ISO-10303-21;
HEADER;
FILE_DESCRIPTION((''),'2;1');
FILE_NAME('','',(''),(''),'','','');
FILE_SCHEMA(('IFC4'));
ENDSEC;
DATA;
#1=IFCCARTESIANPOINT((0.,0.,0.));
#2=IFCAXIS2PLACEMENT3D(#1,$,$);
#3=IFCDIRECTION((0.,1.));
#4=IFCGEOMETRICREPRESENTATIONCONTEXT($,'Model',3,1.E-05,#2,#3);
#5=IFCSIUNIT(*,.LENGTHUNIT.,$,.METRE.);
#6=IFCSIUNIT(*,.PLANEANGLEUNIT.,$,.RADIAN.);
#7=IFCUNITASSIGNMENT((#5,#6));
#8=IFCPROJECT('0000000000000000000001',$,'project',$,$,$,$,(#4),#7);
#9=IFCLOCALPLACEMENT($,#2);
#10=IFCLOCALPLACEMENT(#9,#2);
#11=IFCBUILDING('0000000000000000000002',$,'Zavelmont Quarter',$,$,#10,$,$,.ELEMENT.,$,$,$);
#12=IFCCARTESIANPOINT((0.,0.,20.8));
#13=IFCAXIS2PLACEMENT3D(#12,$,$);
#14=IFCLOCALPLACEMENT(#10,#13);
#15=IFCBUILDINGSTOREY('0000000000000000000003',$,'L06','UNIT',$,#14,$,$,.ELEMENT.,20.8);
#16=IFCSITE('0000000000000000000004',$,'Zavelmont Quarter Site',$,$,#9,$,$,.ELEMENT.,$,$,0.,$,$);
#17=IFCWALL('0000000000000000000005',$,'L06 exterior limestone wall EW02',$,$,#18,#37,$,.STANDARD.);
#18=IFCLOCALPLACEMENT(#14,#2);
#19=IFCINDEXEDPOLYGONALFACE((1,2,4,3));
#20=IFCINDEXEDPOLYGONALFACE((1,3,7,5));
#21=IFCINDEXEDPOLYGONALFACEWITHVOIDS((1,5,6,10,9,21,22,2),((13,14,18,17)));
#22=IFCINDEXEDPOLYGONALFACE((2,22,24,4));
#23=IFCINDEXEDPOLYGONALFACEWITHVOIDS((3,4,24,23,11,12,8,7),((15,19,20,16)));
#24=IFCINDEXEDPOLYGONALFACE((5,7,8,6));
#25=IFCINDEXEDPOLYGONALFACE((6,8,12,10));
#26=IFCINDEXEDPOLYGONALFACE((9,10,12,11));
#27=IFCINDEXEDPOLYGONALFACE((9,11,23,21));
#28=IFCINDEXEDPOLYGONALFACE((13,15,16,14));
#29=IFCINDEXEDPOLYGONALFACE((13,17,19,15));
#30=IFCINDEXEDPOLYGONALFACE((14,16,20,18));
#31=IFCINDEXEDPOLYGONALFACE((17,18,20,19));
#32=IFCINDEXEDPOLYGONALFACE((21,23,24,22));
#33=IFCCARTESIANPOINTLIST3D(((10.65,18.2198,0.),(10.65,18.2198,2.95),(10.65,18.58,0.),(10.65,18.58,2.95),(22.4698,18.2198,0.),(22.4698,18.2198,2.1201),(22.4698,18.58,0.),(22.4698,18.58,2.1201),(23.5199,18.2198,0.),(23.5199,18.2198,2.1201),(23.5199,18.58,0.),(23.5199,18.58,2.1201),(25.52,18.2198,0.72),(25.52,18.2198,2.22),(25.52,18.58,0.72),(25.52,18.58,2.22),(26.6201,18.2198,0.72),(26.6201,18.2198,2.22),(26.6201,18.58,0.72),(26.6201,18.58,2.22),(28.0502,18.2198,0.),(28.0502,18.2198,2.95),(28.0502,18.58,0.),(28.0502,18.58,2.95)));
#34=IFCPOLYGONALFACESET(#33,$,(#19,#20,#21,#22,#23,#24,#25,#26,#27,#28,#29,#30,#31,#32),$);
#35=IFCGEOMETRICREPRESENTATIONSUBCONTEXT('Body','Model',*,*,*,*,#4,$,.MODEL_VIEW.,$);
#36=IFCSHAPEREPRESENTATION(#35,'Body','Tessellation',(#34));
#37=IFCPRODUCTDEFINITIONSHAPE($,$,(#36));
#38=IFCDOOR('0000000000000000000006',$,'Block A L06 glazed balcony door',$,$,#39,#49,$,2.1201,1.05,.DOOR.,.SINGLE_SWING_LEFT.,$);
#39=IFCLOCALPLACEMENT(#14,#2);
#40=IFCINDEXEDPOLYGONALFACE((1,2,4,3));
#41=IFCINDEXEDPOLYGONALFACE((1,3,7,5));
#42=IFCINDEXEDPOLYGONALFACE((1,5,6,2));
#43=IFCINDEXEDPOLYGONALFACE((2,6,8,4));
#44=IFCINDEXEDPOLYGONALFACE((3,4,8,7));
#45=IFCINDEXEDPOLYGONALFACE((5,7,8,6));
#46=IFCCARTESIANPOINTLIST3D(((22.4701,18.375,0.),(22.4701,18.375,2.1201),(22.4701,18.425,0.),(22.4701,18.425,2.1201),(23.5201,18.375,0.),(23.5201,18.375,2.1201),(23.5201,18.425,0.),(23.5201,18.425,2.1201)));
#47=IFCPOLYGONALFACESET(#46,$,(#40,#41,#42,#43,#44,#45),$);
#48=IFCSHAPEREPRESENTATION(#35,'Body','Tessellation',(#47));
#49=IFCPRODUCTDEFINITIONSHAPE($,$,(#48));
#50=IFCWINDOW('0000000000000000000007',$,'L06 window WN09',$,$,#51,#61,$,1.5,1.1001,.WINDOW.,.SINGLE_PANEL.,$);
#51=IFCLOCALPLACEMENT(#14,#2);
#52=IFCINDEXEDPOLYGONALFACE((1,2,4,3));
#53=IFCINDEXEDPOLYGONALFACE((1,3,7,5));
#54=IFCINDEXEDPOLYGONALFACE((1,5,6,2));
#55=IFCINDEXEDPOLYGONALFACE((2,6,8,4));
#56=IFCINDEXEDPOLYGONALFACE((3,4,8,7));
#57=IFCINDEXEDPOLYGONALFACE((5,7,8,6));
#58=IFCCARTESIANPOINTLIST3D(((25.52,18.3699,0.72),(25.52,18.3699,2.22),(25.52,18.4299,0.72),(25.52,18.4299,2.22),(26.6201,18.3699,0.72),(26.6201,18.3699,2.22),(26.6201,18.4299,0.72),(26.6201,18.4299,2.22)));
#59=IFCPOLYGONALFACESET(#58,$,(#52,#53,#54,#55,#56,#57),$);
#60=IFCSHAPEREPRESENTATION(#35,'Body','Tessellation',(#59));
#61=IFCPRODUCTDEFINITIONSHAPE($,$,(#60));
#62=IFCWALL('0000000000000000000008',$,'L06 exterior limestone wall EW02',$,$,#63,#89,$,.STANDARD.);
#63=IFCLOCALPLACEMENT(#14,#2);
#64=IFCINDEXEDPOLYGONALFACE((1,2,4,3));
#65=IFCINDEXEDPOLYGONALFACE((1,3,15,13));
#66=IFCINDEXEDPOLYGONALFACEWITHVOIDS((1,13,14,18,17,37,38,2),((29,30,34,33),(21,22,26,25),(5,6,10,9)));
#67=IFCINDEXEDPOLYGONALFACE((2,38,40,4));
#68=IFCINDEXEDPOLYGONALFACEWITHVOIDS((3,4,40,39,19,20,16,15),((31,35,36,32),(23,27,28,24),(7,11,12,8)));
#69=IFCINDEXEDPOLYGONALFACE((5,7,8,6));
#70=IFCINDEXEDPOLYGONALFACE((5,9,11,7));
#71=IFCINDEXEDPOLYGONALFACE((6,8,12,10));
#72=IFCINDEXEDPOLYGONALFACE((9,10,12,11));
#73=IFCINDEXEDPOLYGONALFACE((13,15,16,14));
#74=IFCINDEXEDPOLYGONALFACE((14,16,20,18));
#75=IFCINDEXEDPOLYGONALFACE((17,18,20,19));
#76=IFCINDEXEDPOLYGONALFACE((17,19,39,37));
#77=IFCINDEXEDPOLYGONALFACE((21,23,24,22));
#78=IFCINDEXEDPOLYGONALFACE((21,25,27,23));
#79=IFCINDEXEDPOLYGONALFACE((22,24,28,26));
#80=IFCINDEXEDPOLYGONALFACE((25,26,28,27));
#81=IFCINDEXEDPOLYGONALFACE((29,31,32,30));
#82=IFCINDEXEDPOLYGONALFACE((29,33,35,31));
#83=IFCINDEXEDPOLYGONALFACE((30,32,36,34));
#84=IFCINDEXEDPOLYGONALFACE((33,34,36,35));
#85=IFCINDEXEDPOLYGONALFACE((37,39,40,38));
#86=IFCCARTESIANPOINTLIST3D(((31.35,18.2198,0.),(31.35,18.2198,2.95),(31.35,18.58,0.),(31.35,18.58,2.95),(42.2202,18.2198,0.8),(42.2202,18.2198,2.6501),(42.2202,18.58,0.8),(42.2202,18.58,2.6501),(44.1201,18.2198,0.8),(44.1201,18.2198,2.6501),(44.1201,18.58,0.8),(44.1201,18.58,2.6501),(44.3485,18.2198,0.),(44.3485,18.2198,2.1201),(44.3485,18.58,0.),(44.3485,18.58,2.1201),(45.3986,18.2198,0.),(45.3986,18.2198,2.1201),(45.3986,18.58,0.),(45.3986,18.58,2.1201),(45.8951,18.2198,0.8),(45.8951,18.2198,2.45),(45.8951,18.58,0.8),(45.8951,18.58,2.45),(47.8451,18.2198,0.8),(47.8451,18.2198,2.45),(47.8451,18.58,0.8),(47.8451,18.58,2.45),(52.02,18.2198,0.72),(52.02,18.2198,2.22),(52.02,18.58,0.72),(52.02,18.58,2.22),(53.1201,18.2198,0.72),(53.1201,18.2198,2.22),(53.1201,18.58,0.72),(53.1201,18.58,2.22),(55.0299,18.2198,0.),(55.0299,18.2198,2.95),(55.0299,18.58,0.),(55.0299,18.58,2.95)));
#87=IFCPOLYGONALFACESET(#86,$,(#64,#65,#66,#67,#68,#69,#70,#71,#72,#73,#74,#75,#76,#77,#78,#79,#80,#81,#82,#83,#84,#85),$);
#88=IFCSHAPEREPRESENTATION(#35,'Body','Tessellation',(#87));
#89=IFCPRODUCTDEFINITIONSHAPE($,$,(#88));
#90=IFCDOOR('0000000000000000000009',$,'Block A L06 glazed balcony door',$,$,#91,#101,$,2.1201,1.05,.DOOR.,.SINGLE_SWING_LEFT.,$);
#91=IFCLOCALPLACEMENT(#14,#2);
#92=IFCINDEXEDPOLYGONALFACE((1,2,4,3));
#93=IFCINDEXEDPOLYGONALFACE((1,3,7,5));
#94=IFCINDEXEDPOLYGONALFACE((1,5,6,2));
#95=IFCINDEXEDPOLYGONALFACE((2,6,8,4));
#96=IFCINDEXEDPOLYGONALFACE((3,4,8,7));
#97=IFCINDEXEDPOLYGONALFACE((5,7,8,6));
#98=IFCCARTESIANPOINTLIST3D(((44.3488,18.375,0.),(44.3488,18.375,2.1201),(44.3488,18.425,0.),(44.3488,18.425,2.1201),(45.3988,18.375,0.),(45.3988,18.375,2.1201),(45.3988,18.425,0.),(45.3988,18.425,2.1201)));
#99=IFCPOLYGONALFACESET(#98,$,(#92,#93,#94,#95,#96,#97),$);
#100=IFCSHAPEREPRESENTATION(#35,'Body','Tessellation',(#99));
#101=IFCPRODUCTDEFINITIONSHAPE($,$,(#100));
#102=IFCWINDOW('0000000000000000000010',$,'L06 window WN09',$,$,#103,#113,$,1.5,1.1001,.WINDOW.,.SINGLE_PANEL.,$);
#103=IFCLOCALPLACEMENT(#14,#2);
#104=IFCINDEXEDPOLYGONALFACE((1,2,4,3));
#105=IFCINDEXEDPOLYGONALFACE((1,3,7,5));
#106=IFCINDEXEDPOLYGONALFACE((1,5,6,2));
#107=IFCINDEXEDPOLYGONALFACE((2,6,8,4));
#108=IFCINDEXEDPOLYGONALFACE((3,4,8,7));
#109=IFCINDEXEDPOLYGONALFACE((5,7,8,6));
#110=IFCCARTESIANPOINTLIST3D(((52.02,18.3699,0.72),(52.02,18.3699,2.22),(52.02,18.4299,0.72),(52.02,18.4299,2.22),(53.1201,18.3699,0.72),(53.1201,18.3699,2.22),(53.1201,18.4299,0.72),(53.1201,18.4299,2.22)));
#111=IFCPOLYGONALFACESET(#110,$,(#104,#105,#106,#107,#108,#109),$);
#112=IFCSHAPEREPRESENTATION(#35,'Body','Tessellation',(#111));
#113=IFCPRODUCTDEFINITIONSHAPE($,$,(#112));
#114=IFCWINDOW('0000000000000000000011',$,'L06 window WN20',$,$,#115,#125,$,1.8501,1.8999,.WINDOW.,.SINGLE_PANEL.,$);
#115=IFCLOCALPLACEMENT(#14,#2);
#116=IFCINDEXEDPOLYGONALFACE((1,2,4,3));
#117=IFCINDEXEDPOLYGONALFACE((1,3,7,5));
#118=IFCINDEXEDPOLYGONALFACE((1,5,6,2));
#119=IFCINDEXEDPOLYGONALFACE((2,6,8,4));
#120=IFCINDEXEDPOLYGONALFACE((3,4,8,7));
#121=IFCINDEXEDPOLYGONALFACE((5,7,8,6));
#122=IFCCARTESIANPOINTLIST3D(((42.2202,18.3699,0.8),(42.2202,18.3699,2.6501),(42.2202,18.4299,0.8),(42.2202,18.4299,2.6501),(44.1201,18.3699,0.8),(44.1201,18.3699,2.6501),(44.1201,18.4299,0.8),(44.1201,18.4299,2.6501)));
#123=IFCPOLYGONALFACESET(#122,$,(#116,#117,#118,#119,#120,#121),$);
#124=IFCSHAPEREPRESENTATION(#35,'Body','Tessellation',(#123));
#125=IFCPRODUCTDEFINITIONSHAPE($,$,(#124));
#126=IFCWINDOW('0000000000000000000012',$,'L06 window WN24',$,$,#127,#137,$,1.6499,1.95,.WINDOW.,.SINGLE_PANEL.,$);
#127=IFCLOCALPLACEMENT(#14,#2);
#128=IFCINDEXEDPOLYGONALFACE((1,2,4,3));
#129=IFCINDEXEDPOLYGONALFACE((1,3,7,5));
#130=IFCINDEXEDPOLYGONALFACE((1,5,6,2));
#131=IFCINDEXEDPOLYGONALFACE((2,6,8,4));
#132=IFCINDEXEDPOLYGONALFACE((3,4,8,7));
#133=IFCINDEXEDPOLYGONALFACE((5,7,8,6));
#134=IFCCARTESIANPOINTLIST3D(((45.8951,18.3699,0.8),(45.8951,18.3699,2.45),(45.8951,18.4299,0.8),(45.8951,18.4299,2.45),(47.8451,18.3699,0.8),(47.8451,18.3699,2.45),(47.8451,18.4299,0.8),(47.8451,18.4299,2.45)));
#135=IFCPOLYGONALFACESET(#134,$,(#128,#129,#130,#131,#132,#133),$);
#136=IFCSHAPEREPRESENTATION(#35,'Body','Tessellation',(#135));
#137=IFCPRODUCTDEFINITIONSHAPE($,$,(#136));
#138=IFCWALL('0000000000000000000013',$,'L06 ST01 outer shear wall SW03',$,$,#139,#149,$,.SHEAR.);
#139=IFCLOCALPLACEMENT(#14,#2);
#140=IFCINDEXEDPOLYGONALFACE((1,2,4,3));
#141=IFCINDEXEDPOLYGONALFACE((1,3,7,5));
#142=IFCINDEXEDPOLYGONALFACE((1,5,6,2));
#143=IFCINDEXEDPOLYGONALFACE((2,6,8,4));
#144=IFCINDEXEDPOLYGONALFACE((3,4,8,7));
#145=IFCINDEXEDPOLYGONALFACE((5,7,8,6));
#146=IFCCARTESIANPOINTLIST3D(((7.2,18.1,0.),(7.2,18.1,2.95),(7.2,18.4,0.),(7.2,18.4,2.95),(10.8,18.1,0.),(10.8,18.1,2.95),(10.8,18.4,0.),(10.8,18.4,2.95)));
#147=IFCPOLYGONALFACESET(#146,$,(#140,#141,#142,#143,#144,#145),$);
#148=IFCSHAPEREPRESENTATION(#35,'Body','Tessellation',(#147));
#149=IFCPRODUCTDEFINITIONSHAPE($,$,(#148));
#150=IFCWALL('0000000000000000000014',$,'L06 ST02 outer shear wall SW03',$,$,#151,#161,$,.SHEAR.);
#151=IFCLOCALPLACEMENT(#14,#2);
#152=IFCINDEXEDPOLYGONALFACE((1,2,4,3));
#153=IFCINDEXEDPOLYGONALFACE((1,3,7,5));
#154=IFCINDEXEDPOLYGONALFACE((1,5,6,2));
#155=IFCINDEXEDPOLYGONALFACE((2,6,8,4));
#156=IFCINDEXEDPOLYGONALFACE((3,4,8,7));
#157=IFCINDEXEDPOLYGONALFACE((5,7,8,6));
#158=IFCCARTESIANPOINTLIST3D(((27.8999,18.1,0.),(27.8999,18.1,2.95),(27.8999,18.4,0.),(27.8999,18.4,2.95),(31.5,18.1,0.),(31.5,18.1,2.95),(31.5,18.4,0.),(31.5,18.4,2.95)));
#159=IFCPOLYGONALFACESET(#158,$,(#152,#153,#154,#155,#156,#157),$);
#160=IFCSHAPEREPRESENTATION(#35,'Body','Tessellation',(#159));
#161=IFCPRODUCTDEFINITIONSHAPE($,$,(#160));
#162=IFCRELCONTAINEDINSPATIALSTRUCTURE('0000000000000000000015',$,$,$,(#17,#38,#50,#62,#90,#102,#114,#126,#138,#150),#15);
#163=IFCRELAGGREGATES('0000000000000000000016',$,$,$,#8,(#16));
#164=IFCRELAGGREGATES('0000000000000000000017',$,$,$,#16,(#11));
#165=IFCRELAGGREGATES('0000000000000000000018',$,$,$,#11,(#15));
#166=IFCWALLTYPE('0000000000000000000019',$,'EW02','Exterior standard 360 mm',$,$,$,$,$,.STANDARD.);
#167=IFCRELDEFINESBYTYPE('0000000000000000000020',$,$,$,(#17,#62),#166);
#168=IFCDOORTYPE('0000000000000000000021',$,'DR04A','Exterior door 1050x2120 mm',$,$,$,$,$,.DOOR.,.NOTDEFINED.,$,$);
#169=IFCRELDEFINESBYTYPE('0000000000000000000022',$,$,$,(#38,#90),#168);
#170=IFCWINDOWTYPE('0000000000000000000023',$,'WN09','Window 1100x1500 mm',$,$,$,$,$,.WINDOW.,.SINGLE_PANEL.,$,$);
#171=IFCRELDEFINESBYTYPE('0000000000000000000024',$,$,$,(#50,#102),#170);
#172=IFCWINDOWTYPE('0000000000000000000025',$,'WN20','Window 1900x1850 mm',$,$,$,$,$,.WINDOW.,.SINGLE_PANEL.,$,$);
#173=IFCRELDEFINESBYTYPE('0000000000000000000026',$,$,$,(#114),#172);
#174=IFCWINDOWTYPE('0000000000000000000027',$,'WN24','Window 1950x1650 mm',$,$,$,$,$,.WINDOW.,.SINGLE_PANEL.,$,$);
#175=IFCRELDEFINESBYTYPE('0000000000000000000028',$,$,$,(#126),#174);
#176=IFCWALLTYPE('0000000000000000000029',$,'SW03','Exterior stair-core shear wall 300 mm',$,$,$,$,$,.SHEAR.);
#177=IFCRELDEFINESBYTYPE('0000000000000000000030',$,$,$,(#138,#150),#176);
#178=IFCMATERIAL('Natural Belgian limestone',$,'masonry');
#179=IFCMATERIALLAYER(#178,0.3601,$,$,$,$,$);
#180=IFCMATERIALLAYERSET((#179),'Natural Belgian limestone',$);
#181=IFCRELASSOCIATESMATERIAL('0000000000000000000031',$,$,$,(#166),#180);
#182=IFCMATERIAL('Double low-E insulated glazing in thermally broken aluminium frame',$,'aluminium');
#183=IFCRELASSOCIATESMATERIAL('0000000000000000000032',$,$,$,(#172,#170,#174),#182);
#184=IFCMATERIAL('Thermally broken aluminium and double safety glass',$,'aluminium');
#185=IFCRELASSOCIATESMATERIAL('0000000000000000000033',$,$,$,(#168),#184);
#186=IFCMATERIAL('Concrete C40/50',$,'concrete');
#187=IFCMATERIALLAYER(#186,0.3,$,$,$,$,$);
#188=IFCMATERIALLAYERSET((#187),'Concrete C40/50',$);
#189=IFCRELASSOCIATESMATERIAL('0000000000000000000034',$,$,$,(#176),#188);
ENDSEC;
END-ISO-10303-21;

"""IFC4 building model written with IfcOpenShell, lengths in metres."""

from ifc_helpers import new_model, si_unit, direction, frame, frame_2d, origin, origin_with_axes, place, context, subcontext, project, spatial, rectangle, extrude, material, layer, layer_set, type_object, element, fill, save


model = new_model("IFC4")

# Units and contexts
model_context = context("Model", 3, precision=1e-05, world=origin(), true_north=direction((0.0, 1.0)))
body_context = subcontext(model_context, "Body", "Model", "MODEL_VIEW")
ifc_project = project(units=[si_unit("LENGTHUNIT", "METRE"), si_unit("PLANEANGLEUNIT", "RADIAN")], contexts=[model_context])

# Site, building, storey
site_placement = place(None, origin())
site = spatial("IfcSite", under=ifc_project, at=site_placement, Name="Zavelmont Quarter Site", CompositionType="ELEMENT", RefElevation=0.0)
building_placement = place(site_placement, origin())
building = spatial("IfcBuilding", under=site, at=building_placement, Name="Zavelmont Quarter", CompositionType="ELEMENT")
storey_placement = place(building_placement, frame((0.0, 0.0, 20.8)))
storey = spatial("IfcBuildingStorey", under=building, at=storey_placement, Name="L06", Description="UNIT", CompositionType="ELEMENT", Elevation=20.8)

# Shared definitions
ifc_material_1 = material(Name="Concrete C40/50", Category="concrete")

# Shared definitions
ifc_material_2 = material(Name="Natural Belgian limestone", Category="masonry")
ifc_layer_1 = layer(ifc_material_2, 0.3601)
ifc_layer_set_1 = layer_set([ifc_layer_1], Name="Natural Belgian limestone")
wall_type_1 = type_object("IfcWallType", Name="EW02", Description="Exterior standard 360 mm", PredefinedType="STANDARD", material=ifc_layer_set_1)
ifc_material_3 = material(Name="Double low-E insulated glazing in thermally broken aluminium frame", Category="aluminium")
window_type_1 = type_object("IfcWindowType", Name="WN20", Description="Window 1900x1850 mm", PartitioningType="SINGLE_PANEL", PredefinedType="WINDOW", material=ifc_material_3)

# Wall, openings, door, window
wall_1_placement = place(storey_placement, frame((10.6499, 18.3999, 0.0), z_axis=(0.0, 0.0, 1.0), x_axis=(1.0, 0.0, 0.0)))
wall_1 = element("IfcWall", 1, at=wall_1_placement, inside=storey, type_object=wall_type_1, Name="L06 exterior limestone wall EW02", PredefinedType="STANDARD", context=body_context, shape_type="SweptSolid", body=[
    extrude(rectangle(XDim=17.4001, YDim=0.3601, at=frame_2d((8.7002, 0.0))), origin(), (0.0, 0.0, 1.0), 2.95),
])
opening_1_placement = place(wall_1_placement, frame((11.8201, 0.0, 0.0)))
opening_1 = element("IfcOpeningElement", 2, at=opening_1_placement, cuts=wall_1, PredefinedType="OPENING", context=body_context, shape_type="SweptSolid", body=[
    extrude(rectangle(XDim=1.05, YDim=2.1201, at=frame_2d((0.5249, 1.0601))), frame((0.0, 0.1919, 0.0), z_axis=(0.0, -1.0, 0.0), x_axis=(1.0, 0.0, 0.0)), (0.0, 0.0, 1.0), 0.384),
])
opening_2_placement = place(wall_1_placement, frame((14.8701, 0.0, 0.72)))
opening_2 = element("IfcOpeningElement", 3, at=opening_2_placement, cuts=wall_1, PredefinedType="OPENING", context=body_context, shape_type="SweptSolid", body=[
    extrude(rectangle(XDim=1.1001, YDim=1.5, at=frame_2d((0.55, 0.75))), frame((0.0, 0.1919, 0.0), z_axis=(0.0, -1.0, 0.0), x_axis=(1.0, 0.0, 0.0)), (0.0, 0.0, 1.0), 0.384),
])
ifc_material_4 = material(Name="Thermally broken aluminium and double safety glass", Category="aluminium")
door_type = type_object("IfcDoorType", Name="DR04A", Description="Exterior door 1050x2120 mm", OperationType="NOTDEFINED", PredefinedType="DOOR", material=ifc_material_4)
door_1_placement = place(opening_1_placement, frame((1.05, 0.0, 0.0), z_axis=(0.0, 0.0, 1.0), x_axis=(-1.0, 0.0, 0.0)))
door_1 = element("IfcDoor", 4, at=door_1_placement, inside=storey, type_object=door_type, Name="Block A L06 glazed balcony door", OperationType="SINGLE_SWING_LEFT", OverallHeight=2.1201, OverallWidth=1.05, PredefinedType="DOOR", context=body_context, shape_type="SweptSolid", body=[
    extrude(rectangle(XDim=1.05, YDim=2.1201, at=frame_2d((0.5249, 1.0601))), frame((0.0, 0.0249, 0.0), z_axis=(0.0, -1.0, 0.0), x_axis=(1.0, 0.0, 0.0)), (0.0, 0.0, 1.0), 0.05),
])
fill(opening_1, door_1)
window_type_2 = type_object("IfcWindowType", Name="WN09", Description="Window 1100x1500 mm", PartitioningType="SINGLE_PANEL", PredefinedType="WINDOW", material=ifc_material_3)
window_1_placement = place(opening_2_placement, origin_with_axes())
window_1 = element("IfcWindow", 5, at=window_1_placement, inside=storey, type_object=window_type_2, Name="L06 window WN09", OverallHeight=1.5, OverallWidth=1.1001, PartitioningType="SINGLE_PANEL", PredefinedType="WINDOW", context=body_context, shape_type="SweptSolid", body=[
    extrude(rectangle(XDim=1.1001, YDim=1.5, at=frame_2d((0.55, 0.75))), frame((0.0, 0.03, 0.0), z_axis=(0.0, -1.0, 0.0), x_axis=(1.0, 0.0, 0.0)), (0.0, 0.0, 1.0), 0.0601),
])
fill(opening_2, window_1)

# Wall, openings, door, windows
wall_2_placement = place(storey_placement, frame((31.3501, 18.3999, 0.0), z_axis=(0.0, 0.0, 1.0), x_axis=(1.0, 0.0, 0.0)))
wall_2 = element("IfcWall", 6, at=wall_2_placement, inside=storey, type_object=wall_type_1, Name="L06 exterior limestone wall EW02", PredefinedType="STANDARD", context=body_context, shape_type="SweptSolid", body=[
    extrude(rectangle(XDim=23.6799, YDim=0.3601, at=frame_2d((11.8398, 0.0))), origin(), (0.0, 0.0, 1.0), 2.95),
])
opening_3_placement = place(wall_2_placement, frame((12.9985, 0.0, 0.0)))
opening_3 = element("IfcOpeningElement", 7, at=opening_3_placement, cuts=wall_2, PredefinedType="OPENING", context=body_context, shape_type="SweptSolid", body=[
    extrude(rectangle(XDim=1.05, YDim=2.1201, at=frame_2d((0.5249, 1.0601))), frame((0.0, 0.1919, 0.0), z_axis=(0.0, -1.0, 0.0), x_axis=(1.0, 0.0, 0.0)), (0.0, 0.0, 1.0), 0.384),
])
opening_4_placement = place(wall_2_placement, frame((10.8701, 0.0, 0.8)))
opening_4 = element("IfcOpeningElement", 8, at=opening_4_placement, cuts=wall_2, PredefinedType="OPENING", context=body_context, shape_type="SweptSolid", body=[
    extrude(rectangle(XDim=1.8999, YDim=1.8501, at=frame_2d((0.95, 0.925))), frame((0.0, 0.1919, 0.0), z_axis=(0.0, -1.0, 0.0), x_axis=(1.0, 0.0, 0.0)), (0.0, 0.0, 1.0), 0.384),
])
opening_5_placement = place(wall_2_placement, frame((14.5449, 0.0, 0.8)))
opening_5 = element("IfcOpeningElement", 9, at=opening_5_placement, cuts=wall_2, PredefinedType="OPENING", context=body_context, shape_type="SweptSolid", body=[
    extrude(rectangle(XDim=1.95, YDim=1.6499, at=frame_2d((0.9751, 0.825))), frame((0.0, 0.1919, 0.0), z_axis=(0.0, -1.0, 0.0), x_axis=(1.0, 0.0, 0.0)), (0.0, 0.0, 1.0), 0.384),
])
opening_6_placement = place(wall_2_placement, frame((20.6699, 0.0, 0.72)))
opening_6 = element("IfcOpeningElement", 10, at=opening_6_placement, cuts=wall_2, PredefinedType="OPENING", context=body_context, shape_type="SweptSolid", body=[
    extrude(rectangle(XDim=1.1001, YDim=1.5, at=frame_2d((0.55, 0.75))), frame((0.0, 0.1919, 0.0), z_axis=(0.0, -1.0, 0.0), x_axis=(1.0, 0.0, 0.0)), (0.0, 0.0, 1.0), 0.384),
])
door_2_placement = place(opening_3_placement, frame((1.05, 0.0, 0.0), z_axis=(0.0, 0.0, 1.0), x_axis=(-1.0, 0.0, 0.0)))
door_2 = element("IfcDoor", 11, at=door_2_placement, inside=storey, type_object=door_type, Name="Block A L06 glazed balcony door", OperationType="SINGLE_SWING_LEFT", OverallHeight=2.1201, OverallWidth=1.05, PredefinedType="DOOR", context=body_context, shape_type="SweptSolid", body=[
    extrude(rectangle(XDim=1.05, YDim=2.1201, at=frame_2d((0.5249, 1.0601))), frame((0.0, 0.0249, 0.0), z_axis=(0.0, -1.0, 0.0), x_axis=(1.0, 0.0, 0.0)), (0.0, 0.0, 1.0), 0.05),
])
fill(opening_3, door_2)
window_2_placement = place(opening_6_placement, origin_with_axes())
window_2 = element("IfcWindow", 12, at=window_2_placement, inside=storey, type_object=window_type_2, Name="L06 window WN09", OverallHeight=1.5, OverallWidth=1.1001, PartitioningType="SINGLE_PANEL", PredefinedType="WINDOW", context=body_context, shape_type="SweptSolid", body=[
    extrude(rectangle(XDim=1.1001, YDim=1.5, at=frame_2d((0.55, 0.75))), frame((0.0, 0.03, 0.0), z_axis=(0.0, -1.0, 0.0), x_axis=(1.0, 0.0, 0.0)), (0.0, 0.0, 1.0), 0.0601),
])
fill(opening_6, window_2)
window_3_placement = place(opening_4_placement, origin_with_axes())
window_3 = element("IfcWindow", 13, at=window_3_placement, inside=storey, type_object=window_type_1, Name="L06 window WN20", OverallHeight=1.8501, OverallWidth=1.8999, PartitioningType="SINGLE_PANEL", PredefinedType="WINDOW", context=body_context, shape_type="SweptSolid", body=[
    extrude(rectangle(XDim=1.8999, YDim=1.8501, at=frame_2d((0.95, 0.925))), frame((0.0, 0.03, 0.0), z_axis=(0.0, -1.0, 0.0), x_axis=(1.0, 0.0, 0.0)), (0.0, 0.0, 1.0), 0.0601),
])
fill(opening_4, window_3)
window_type_3 = type_object("IfcWindowType", Name="WN24", Description="Window 1950x1650 mm", PartitioningType="SINGLE_PANEL", PredefinedType="WINDOW", material=ifc_material_3)
window_4_placement = place(opening_5_placement, origin_with_axes())
window_4 = element("IfcWindow", 14, at=window_4_placement, inside=storey, type_object=window_type_3, Name="L06 window WN24", OverallHeight=1.6499, OverallWidth=1.95, PartitioningType="SINGLE_PANEL", PredefinedType="WINDOW", context=body_context, shape_type="SweptSolid", body=[
    extrude(rectangle(XDim=1.95, YDim=1.6499, at=frame_2d((0.9751, 0.825))), frame((0.0, 0.03, 0.0), z_axis=(0.0, -1.0, 0.0), x_axis=(1.0, 0.0, 0.0)), (0.0, 0.0, 1.0), 0.0601),
])
fill(opening_5, window_4)

# Walls
ifc_layer_2 = layer(ifc_material_1, 0.3)
ifc_layer_set_2 = layer_set([ifc_layer_2], Name="Concrete C40/50")
wall_type_2 = type_object("IfcWallType", Name="SW03", Description="Exterior stair-core shear wall 300 mm", PredefinedType="SHEAR", material=ifc_layer_set_2)
for number, where, z_axis, x_axis, name in (
    (15, (7.2, 18.25, 0.0), (0.0, 0.0, 1.0), (1.0, 0.0, 0.0), "L06 ST01 outer shear wall SW03"),
    (16, (27.8999, 18.25, 0.0), (0.0, 0.0, 1.0), (1.0, 0.0, 0.0), "L06 ST02 outer shear wall SW03"),
):
    element("IfcWall", number, at=place(storey_placement, frame(where, z_axis=z_axis, x_axis=x_axis)), inside=storey, type_object=wall_type_2, Name=name, PredefinedType="SHEAR", context=body_context, shape_type="SweptSolid", body=[
        extrude(rectangle(XDim=3.6001, YDim=0.3, at=frame_2d((1.8, 0.0))), origin(), (0.0, 0.0, 1.0), 2.95),
    ])

save(model, "model.ifc")
